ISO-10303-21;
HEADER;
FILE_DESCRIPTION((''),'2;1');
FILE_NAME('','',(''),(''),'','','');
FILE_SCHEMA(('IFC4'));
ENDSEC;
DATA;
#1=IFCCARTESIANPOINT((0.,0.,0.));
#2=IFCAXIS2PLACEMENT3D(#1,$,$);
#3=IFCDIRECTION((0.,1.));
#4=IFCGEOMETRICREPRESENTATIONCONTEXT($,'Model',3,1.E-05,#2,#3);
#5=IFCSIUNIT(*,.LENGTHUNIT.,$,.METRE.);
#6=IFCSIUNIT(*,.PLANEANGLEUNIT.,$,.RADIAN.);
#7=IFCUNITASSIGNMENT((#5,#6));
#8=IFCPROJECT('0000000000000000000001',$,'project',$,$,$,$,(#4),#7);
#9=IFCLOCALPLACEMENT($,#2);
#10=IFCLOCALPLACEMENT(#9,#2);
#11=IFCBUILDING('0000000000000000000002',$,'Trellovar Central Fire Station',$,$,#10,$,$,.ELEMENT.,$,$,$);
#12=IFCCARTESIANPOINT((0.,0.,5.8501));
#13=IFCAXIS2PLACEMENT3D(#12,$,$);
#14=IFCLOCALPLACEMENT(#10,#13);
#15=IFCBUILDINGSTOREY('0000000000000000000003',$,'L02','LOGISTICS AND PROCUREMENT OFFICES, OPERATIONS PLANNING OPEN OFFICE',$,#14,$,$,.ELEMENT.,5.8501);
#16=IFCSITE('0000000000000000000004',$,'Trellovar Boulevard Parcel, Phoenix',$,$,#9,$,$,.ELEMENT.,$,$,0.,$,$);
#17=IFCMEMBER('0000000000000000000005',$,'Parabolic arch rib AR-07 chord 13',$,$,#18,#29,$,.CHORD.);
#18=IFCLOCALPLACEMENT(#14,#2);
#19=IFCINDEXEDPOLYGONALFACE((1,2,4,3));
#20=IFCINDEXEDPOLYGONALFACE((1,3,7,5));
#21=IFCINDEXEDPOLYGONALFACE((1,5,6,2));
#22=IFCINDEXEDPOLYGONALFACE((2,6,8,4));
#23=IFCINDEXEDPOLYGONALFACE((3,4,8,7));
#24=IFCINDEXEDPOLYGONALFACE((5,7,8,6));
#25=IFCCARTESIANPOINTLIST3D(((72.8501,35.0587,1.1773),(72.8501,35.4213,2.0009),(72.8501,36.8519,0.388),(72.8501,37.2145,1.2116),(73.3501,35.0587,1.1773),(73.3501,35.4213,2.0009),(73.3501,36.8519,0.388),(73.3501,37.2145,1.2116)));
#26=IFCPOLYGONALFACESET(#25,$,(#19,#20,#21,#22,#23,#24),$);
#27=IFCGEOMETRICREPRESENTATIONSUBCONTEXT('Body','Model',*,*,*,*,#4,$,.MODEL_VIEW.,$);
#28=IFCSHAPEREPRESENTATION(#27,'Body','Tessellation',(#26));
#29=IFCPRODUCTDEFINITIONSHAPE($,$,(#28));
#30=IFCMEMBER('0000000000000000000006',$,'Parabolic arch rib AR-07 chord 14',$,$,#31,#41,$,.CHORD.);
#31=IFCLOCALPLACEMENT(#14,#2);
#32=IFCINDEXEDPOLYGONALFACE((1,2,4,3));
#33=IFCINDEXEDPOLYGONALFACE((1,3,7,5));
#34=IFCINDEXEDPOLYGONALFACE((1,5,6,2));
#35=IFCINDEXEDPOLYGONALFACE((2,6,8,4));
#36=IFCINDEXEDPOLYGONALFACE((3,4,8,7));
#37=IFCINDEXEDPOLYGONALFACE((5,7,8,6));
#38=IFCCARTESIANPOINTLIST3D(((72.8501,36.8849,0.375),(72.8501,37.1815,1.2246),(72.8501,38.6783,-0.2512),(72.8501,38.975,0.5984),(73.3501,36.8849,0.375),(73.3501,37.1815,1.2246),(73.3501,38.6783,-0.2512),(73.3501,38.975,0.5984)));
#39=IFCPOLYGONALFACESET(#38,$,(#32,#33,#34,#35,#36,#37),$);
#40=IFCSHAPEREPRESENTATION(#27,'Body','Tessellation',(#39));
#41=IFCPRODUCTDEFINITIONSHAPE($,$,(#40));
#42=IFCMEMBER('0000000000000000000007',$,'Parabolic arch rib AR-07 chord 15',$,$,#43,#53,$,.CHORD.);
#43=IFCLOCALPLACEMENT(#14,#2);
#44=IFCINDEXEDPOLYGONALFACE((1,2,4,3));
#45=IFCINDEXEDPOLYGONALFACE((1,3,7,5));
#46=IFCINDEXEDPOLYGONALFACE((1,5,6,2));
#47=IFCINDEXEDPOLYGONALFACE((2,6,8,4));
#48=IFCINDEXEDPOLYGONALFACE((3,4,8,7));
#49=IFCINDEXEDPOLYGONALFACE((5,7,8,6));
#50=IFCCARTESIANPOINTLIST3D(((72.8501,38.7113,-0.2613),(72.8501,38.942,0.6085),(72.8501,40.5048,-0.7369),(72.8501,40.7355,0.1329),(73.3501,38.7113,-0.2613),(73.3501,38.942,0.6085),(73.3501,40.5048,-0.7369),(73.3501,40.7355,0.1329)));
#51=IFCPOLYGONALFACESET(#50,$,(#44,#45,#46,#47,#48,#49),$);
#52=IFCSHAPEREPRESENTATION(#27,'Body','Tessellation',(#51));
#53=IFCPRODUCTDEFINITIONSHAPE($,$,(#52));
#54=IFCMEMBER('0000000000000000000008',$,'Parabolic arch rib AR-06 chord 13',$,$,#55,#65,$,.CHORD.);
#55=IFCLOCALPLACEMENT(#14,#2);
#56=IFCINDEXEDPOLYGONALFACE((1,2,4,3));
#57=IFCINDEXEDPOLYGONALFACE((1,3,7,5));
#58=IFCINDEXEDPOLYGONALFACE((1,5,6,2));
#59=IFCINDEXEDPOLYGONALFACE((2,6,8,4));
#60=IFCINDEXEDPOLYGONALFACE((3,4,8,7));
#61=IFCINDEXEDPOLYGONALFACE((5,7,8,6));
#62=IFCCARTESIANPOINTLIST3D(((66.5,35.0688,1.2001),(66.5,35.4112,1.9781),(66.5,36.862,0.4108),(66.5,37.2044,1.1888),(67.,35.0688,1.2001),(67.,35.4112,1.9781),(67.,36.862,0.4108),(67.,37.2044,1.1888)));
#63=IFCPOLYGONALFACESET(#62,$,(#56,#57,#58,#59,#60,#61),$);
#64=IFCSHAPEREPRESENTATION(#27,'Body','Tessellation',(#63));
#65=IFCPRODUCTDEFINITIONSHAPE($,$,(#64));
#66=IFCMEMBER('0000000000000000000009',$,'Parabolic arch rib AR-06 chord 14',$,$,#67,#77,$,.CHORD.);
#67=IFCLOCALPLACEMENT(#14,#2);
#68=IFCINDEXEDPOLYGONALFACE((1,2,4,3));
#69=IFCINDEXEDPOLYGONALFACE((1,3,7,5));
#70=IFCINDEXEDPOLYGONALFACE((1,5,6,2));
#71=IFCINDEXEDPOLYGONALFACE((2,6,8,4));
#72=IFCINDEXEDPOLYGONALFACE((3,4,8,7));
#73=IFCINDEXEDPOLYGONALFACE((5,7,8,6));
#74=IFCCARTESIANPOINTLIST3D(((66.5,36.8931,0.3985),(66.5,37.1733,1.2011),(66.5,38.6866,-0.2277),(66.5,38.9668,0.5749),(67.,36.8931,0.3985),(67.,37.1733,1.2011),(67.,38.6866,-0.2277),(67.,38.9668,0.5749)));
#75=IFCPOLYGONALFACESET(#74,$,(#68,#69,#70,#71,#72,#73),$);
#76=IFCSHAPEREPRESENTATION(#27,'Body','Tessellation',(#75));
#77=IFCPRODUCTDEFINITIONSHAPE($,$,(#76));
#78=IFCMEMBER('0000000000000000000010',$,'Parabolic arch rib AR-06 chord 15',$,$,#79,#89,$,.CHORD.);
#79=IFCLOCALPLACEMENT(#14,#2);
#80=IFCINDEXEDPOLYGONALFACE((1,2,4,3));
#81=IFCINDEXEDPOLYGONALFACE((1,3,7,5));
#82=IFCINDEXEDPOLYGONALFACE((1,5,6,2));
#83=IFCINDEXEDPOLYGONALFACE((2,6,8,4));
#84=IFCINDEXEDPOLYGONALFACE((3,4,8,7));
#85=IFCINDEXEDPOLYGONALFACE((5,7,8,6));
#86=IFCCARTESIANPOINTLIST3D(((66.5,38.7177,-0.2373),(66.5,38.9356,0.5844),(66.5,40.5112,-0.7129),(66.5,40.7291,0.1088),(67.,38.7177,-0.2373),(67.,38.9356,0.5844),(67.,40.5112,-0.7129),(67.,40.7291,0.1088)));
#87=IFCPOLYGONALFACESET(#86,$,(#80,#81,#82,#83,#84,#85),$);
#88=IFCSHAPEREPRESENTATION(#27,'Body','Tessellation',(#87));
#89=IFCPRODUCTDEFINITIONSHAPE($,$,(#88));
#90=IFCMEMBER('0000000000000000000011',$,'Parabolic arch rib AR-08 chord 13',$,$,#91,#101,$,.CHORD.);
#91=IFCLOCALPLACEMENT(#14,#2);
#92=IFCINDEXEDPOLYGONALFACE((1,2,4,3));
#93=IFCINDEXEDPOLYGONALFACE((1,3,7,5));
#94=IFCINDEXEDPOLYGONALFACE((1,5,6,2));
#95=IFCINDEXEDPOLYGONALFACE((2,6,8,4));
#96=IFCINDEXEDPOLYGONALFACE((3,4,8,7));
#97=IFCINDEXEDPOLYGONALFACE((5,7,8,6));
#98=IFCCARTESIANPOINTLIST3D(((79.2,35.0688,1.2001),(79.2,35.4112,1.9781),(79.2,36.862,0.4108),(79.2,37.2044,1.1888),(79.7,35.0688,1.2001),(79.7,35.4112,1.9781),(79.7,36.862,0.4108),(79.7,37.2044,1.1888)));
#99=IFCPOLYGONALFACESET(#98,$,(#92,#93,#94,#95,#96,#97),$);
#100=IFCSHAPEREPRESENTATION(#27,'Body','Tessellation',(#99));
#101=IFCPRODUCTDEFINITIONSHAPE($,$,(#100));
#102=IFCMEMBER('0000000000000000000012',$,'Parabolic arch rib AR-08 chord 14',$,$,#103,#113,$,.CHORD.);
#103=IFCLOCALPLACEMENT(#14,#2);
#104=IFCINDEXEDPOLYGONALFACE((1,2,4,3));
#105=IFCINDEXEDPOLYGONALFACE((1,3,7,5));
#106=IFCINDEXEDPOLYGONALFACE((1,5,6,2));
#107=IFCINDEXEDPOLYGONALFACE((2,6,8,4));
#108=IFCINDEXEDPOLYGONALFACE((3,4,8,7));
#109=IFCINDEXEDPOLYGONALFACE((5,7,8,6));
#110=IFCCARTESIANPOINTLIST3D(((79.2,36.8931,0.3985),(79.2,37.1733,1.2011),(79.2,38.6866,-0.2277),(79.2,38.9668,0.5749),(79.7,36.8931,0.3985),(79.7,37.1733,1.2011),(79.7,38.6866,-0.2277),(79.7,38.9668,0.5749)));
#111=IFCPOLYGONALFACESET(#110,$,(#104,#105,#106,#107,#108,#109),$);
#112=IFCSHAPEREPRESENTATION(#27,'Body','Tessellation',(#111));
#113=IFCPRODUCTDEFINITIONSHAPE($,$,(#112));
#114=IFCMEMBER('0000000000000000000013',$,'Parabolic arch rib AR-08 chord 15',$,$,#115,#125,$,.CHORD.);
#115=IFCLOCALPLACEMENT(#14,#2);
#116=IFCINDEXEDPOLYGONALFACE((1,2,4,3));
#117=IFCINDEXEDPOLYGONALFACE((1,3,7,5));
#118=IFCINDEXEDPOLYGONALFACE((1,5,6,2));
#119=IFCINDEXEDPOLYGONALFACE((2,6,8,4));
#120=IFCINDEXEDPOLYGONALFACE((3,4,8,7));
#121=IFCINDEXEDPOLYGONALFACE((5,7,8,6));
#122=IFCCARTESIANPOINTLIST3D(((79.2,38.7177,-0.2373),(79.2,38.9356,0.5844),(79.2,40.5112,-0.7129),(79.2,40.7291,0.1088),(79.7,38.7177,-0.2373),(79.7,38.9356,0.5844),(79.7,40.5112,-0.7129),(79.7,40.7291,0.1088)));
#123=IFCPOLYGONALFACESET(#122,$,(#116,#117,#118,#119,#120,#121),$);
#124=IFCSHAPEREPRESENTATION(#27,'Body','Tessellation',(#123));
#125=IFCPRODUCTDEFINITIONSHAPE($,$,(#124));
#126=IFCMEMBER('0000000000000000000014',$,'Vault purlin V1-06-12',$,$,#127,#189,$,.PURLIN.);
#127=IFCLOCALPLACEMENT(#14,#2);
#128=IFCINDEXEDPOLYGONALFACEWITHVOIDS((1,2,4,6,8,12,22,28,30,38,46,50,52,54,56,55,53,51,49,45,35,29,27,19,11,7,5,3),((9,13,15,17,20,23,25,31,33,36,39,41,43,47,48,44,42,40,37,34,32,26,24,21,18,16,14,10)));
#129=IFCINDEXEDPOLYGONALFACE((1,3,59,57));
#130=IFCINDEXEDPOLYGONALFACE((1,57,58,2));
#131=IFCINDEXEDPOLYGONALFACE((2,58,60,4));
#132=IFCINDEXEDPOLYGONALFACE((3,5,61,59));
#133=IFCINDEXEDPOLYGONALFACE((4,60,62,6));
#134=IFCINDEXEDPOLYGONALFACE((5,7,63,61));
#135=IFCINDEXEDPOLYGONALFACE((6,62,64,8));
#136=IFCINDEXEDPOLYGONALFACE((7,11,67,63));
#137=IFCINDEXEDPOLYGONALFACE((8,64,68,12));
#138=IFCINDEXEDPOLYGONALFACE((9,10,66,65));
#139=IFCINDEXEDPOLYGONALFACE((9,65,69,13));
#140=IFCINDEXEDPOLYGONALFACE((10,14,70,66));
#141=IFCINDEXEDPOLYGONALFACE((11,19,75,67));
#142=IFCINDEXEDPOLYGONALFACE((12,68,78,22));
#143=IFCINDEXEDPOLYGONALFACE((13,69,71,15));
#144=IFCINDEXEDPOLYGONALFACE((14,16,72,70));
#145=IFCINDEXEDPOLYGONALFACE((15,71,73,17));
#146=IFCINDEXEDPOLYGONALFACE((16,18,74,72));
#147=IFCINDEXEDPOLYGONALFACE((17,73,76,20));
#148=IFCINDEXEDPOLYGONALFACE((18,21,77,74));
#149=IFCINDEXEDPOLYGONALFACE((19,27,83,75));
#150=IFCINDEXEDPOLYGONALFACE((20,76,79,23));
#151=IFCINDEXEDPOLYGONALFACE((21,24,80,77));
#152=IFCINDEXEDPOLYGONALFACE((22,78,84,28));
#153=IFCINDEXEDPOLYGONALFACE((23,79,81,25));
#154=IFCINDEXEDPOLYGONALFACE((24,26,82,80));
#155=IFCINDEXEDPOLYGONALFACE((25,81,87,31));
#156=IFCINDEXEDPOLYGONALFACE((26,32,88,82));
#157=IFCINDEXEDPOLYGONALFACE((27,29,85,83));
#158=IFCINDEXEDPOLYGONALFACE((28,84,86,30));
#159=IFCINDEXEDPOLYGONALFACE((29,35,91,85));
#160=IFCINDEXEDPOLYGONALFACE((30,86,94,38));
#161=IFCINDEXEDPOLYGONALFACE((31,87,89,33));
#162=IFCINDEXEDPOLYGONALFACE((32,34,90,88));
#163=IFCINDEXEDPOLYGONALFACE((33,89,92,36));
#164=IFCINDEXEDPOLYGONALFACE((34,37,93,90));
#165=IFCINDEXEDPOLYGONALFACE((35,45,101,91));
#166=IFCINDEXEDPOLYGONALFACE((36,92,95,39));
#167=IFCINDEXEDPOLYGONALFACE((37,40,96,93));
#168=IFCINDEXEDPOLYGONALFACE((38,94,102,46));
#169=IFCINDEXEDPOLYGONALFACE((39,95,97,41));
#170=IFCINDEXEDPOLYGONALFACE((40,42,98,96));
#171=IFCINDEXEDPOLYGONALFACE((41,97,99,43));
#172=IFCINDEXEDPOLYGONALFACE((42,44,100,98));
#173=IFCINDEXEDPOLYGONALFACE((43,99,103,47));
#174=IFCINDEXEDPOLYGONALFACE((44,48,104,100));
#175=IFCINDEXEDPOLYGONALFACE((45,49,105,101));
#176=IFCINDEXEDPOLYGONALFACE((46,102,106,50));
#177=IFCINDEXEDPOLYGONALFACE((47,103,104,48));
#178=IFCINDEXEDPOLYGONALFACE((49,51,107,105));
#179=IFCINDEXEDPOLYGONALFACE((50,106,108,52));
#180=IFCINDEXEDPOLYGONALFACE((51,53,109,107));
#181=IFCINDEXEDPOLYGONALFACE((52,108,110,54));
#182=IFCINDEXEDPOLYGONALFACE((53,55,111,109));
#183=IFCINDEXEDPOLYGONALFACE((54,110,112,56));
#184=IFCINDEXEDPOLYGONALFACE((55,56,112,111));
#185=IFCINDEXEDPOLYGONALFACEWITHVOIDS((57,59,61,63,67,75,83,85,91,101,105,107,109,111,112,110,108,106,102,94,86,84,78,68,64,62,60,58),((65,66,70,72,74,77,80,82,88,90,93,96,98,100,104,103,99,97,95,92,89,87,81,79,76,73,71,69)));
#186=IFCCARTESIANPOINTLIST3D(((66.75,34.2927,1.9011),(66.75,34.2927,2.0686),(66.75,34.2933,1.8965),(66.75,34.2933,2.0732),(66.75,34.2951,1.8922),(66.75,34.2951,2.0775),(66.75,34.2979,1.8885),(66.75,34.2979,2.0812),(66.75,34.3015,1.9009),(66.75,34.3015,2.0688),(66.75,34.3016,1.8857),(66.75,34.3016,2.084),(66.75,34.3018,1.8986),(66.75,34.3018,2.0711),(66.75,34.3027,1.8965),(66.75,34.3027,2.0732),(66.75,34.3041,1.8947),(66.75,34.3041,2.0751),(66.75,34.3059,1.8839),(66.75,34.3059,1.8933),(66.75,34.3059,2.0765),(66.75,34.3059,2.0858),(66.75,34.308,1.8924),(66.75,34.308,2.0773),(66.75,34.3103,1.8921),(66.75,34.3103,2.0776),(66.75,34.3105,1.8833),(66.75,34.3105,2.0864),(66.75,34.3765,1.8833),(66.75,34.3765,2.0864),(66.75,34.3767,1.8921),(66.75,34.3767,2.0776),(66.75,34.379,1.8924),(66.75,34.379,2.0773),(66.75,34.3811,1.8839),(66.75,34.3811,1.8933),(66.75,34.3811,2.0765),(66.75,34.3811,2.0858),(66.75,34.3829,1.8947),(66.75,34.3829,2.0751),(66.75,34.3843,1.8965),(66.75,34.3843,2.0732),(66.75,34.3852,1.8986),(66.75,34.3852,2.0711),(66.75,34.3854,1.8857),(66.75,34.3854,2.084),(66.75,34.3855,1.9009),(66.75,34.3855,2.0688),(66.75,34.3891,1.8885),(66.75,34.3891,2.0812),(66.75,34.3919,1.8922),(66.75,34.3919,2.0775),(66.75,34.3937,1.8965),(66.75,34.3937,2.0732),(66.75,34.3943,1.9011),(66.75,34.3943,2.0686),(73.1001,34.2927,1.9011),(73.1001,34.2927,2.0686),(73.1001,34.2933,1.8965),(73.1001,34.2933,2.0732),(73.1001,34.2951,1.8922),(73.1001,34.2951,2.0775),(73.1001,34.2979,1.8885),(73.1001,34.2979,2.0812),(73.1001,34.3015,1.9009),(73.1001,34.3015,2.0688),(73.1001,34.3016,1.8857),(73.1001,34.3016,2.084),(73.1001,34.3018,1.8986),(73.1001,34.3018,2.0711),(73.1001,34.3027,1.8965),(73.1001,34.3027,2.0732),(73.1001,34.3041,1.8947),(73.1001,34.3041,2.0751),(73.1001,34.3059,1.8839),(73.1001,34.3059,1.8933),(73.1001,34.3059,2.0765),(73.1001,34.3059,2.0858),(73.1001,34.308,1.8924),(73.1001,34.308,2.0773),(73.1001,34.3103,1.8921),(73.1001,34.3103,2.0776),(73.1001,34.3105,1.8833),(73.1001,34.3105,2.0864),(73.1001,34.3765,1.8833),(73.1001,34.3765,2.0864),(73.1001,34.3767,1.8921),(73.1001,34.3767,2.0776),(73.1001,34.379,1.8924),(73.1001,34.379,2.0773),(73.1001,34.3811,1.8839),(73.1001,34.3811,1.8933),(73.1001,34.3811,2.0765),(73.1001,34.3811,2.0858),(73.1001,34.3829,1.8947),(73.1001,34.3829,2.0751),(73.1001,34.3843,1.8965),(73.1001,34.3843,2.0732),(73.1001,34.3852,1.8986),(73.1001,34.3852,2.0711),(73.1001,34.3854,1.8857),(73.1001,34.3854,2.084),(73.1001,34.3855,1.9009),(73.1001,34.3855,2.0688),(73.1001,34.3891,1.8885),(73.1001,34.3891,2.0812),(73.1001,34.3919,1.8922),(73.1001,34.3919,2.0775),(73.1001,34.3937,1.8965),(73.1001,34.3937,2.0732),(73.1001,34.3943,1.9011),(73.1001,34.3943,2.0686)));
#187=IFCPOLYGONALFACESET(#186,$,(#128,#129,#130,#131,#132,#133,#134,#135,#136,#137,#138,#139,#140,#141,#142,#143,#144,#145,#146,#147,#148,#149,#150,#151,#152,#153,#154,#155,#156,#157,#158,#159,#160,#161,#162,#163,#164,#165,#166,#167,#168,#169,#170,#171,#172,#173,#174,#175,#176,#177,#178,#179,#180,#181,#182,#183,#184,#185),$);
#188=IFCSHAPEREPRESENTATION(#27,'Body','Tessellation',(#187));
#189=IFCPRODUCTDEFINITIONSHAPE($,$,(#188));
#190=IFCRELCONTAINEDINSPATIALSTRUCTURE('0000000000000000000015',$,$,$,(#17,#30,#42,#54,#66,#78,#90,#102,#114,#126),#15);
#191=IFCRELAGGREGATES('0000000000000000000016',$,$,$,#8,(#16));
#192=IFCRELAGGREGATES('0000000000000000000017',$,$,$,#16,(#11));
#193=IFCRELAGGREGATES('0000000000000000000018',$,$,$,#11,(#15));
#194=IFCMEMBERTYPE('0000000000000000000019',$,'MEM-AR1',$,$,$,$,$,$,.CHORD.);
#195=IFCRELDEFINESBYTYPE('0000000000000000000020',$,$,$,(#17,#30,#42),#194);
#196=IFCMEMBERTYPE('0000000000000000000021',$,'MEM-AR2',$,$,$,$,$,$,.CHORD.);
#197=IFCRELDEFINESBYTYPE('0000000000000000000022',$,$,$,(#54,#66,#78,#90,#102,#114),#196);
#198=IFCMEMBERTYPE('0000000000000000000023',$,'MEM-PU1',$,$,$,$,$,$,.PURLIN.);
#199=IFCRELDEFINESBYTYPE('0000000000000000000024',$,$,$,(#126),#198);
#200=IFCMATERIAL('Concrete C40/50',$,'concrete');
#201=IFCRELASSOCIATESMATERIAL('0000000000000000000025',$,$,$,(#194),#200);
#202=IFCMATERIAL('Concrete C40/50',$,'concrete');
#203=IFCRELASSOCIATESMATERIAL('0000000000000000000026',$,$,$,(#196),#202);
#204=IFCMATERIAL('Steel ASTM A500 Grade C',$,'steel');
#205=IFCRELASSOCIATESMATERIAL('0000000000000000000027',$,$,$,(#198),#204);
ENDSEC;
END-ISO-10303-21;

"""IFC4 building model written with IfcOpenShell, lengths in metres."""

from ifc_helpers import new_model, si_unit, direction, frame, origin, origin_2d, place, context, subcontext, project, spatial, rectangle, hollow_rectangle, extrude, material, material_profile, profile_set, type_object, element, save


model = new_model("IFC4")

# Units and contexts
model_context = context("Model", 3, precision=1e-05, world=origin(), true_north=direction((0.0, 1.0)))
body_context = subcontext(model_context, "Body", "Model", "MODEL_VIEW")
ifc_project = project(units=[si_unit("LENGTHUNIT", "METRE"), si_unit("PLANEANGLEUNIT", "RADIAN")], contexts=[model_context])

# Site, building, storey
site_placement = place(None, origin())
site = spatial("IfcSite", under=ifc_project, at=site_placement, Name="Trellovar Boulevard Parcel, Phoenix", CompositionType="ELEMENT", RefElevation=0.0)
building_placement = place(site_placement, origin())
building = spatial("IfcBuilding", under=site, at=building_placement, Name="Trellovar Central Fire Station", CompositionType="ELEMENT")
storey_placement = place(building_placement, frame((0.0, 0.0, 5.8501)))
storey = spatial("IfcBuildingStorey", under=building, at=storey_placement, Name="L02", Description="LOGISTICS AND PROCUREMENT OFFICES, OPERATIONS PLANNING OPEN OFFICE", CompositionType="ELEMENT", Elevation=5.8501)

# Members
ifc_material_1 = material(Name="Concrete C40/50", Category="concrete")
ifc_material_profile_1 = material_profile(ifc_material_1, rectangle(XDim=0.5, YDim=0.8999, at=origin_2d()), Name="RC500X900")
ifc_profile_set_1 = profile_set([ifc_material_profile_1], Name="Concrete C40/50")
member_type_1 = type_object("IfcMemberType", Name="MEM-AR1", PredefinedType="CHORD", material=ifc_profile_set_1)
member_1_placement = place(storey_placement, frame((73.1001, 35.24, 1.5891), z_axis=(0.0, 0.91526, -0.402864), x_axis=(-1.0, 0.0, 0.0)))
element("IfcMember", 1, at=member_1_placement, inside=storey, type_object=member_type_1, Name="Parabolic arch rib AR-07 chord 13", PredefinedType="CHORD", context=body_context, shape_type="SweptSolid", body=[
    extrude(rectangle(XDim=0.5, YDim=0.8999, at=origin_2d()), origin(), (0.0, 0.0, 1.0), 1.9592),
])
member_2_placement = place(storey_placement, frame((73.1001, 37.0332, 0.7998), z_axis=(0.0, 0.944103, -0.329652), x_axis=(-1.0, 0.0, 0.0)))
element("IfcMember", 2, at=member_2_placement, inside=storey, type_object=member_type_1, Name="Parabolic arch rib AR-07 chord 14", PredefinedType="CHORD", context=body_context, shape_type="SweptSolid", body=[
    extrude(rectangle(XDim=0.5, YDim=0.8999, at=origin_2d()), origin(), (0.0, 0.0, 1.0), 1.8997),
])
member_3_placement = place(storey_placement, frame((73.1001, 38.8267, 0.1736), z_axis=(0.0, 0.966592, -0.256319), x_axis=(-1.0, 0.0, 0.0)))
element("IfcMember", 3, at=member_3_placement, inside=storey, type_object=member_type_1, Name="Parabolic arch rib AR-07 chord 15", PredefinedType="CHORD", context=body_context, shape_type="SweptSolid", body=[
    extrude(rectangle(XDim=0.5, YDim=0.8999, at=origin_2d()), origin(), (0.0, 0.0, 1.0), 1.8555),
])
ifc_material_2 = material(Name="Concrete C40/50", Category="concrete")
ifc_material_profile_2 = material_profile(ifc_material_2, rectangle(XDim=0.5, YDim=0.8501, at=origin_2d()), Name="RC500X850")
ifc_profile_set_2 = profile_set([ifc_material_profile_2], Name="Concrete C40/50")
member_type_2 = type_object("IfcMemberType", Name="MEM-AR2", PredefinedType="CHORD", material=ifc_profile_set_2)
member_4_placement = place(storey_placement, frame((66.75, 35.24, 1.5891), z_axis=(0.0, 0.91526, -0.402864), x_axis=(-1.0, 0.0, 0.0)))
element("IfcMember", 4, at=member_4_placement, inside=storey, type_object=member_type_2, Name="Parabolic arch rib AR-06 chord 13", PredefinedType="CHORD", context=body_context, shape_type="SweptSolid", body=[
    extrude(rectangle(XDim=0.5, YDim=0.8501, at=origin_2d()), origin(), (0.0, 0.0, 1.0), 1.9592),
])
member_5_placement = place(storey_placement, frame((66.75, 37.0332, 0.7998), z_axis=(0.0, 0.944103, -0.329652), x_axis=(-1.0, 0.0, 0.0)))
element("IfcMember", 5, at=member_5_placement, inside=storey, type_object=member_type_2, Name="Parabolic arch rib AR-06 chord 14", PredefinedType="CHORD", context=body_context, shape_type="SweptSolid", body=[
    extrude(rectangle(XDim=0.5, YDim=0.8501, at=origin_2d()), origin(), (0.0, 0.0, 1.0), 1.8997),
])
member_6_placement = place(storey_placement, frame((66.75, 38.8267, 0.1736), z_axis=(0.0, 0.966592, -0.256319), x_axis=(-1.0, 0.0, 0.0)))
element("IfcMember", 6, at=member_6_placement, inside=storey, type_object=member_type_2, Name="Parabolic arch rib AR-06 chord 15", PredefinedType="CHORD", context=body_context, shape_type="SweptSolid", body=[
    extrude(rectangle(XDim=0.5, YDim=0.8501, at=origin_2d()), origin(), (0.0, 0.0, 1.0), 1.8555),
])
member_7_placement = place(storey_placement, frame((79.45, 35.24, 1.5891), z_axis=(0.0, 0.91526, -0.402864), x_axis=(-1.0, 0.0, 0.0)))
element("IfcMember", 7, at=member_7_placement, inside=storey, type_object=member_type_2, Name="Parabolic arch rib AR-08 chord 13", PredefinedType="CHORD", context=body_context, shape_type="SweptSolid", body=[
    extrude(rectangle(XDim=0.5, YDim=0.8501, at=origin_2d()), origin(), (0.0, 0.0, 1.0), 1.9592),
])
member_8_placement = place(storey_placement, frame((79.45, 37.0332, 0.7998), z_axis=(0.0, 0.944103, -0.329652), x_axis=(-1.0, 0.0, 0.0)))
element("IfcMember", 8, at=member_8_placement, inside=storey, type_object=member_type_2, Name="Parabolic arch rib AR-08 chord 14", PredefinedType="CHORD", context=body_context, shape_type="SweptSolid", body=[
    extrude(rectangle(XDim=0.5, YDim=0.8501, at=origin_2d()), origin(), (0.0, 0.0, 1.0), 1.8997),
])
member_9_placement = place(storey_placement, frame((79.45, 38.8267, 0.1736), z_axis=(0.0, 0.966592, -0.256319), x_axis=(-1.0, 0.0, 0.0)))
element("IfcMember", 9, at=member_9_placement, inside=storey, type_object=member_type_2, Name="Parabolic arch rib AR-08 chord 15", PredefinedType="CHORD", context=body_context, shape_type="SweptSolid", body=[
    extrude(rectangle(XDim=0.5, YDim=0.8501, at=origin_2d()), origin(), (0.0, 0.0, 1.0), 1.8555),
])
ifc_material_3 = material(Name="Steel ASTM A500 Grade C", Category="steel")
ifc_material_profile_3 = material_profile(ifc_material_3, hollow_rectangle(XDim=0.1016, YDim=0.2031, WallThickness=0.0088, InnerFilletRadius=0.0088, OuterFilletRadius=0.0178, at=origin_2d()), Name="HSS8X4X3/8")
ifc_profile_set_3 = profile_set([ifc_material_profile_3], Name="Steel ASTM A500 Grade C")
member_type_3 = type_object("IfcMemberType", Name="MEM-PU1", PredefinedType="PURLIN", material=ifc_profile_set_3)
for number, where, z_axis, x_axis, name in (
    (10, (66.75, 34.3435, 1.9849), (1.0, 0.0, 0.0), (0.0, 1.0, 0.0), "Vault purlin V1-06-12"),
):
    element("IfcMember", number, at=place(storey_placement, frame(where, z_axis=z_axis, x_axis=x_axis)), inside=storey, type_object=member_type_3, Name=name, PredefinedType="PURLIN", context=body_context, shape_type="SweptSolid", body=[
        extrude(hollow_rectangle(XDim=0.1016, YDim=0.2031, WallThickness=0.0088, InnerFilletRadius=0.0088, OuterFilletRadius=0.0178, at=origin_2d()), origin(), (0.0, 0.0, 1.0), 6.3501),
    ])

save(model, "model.ifc")
